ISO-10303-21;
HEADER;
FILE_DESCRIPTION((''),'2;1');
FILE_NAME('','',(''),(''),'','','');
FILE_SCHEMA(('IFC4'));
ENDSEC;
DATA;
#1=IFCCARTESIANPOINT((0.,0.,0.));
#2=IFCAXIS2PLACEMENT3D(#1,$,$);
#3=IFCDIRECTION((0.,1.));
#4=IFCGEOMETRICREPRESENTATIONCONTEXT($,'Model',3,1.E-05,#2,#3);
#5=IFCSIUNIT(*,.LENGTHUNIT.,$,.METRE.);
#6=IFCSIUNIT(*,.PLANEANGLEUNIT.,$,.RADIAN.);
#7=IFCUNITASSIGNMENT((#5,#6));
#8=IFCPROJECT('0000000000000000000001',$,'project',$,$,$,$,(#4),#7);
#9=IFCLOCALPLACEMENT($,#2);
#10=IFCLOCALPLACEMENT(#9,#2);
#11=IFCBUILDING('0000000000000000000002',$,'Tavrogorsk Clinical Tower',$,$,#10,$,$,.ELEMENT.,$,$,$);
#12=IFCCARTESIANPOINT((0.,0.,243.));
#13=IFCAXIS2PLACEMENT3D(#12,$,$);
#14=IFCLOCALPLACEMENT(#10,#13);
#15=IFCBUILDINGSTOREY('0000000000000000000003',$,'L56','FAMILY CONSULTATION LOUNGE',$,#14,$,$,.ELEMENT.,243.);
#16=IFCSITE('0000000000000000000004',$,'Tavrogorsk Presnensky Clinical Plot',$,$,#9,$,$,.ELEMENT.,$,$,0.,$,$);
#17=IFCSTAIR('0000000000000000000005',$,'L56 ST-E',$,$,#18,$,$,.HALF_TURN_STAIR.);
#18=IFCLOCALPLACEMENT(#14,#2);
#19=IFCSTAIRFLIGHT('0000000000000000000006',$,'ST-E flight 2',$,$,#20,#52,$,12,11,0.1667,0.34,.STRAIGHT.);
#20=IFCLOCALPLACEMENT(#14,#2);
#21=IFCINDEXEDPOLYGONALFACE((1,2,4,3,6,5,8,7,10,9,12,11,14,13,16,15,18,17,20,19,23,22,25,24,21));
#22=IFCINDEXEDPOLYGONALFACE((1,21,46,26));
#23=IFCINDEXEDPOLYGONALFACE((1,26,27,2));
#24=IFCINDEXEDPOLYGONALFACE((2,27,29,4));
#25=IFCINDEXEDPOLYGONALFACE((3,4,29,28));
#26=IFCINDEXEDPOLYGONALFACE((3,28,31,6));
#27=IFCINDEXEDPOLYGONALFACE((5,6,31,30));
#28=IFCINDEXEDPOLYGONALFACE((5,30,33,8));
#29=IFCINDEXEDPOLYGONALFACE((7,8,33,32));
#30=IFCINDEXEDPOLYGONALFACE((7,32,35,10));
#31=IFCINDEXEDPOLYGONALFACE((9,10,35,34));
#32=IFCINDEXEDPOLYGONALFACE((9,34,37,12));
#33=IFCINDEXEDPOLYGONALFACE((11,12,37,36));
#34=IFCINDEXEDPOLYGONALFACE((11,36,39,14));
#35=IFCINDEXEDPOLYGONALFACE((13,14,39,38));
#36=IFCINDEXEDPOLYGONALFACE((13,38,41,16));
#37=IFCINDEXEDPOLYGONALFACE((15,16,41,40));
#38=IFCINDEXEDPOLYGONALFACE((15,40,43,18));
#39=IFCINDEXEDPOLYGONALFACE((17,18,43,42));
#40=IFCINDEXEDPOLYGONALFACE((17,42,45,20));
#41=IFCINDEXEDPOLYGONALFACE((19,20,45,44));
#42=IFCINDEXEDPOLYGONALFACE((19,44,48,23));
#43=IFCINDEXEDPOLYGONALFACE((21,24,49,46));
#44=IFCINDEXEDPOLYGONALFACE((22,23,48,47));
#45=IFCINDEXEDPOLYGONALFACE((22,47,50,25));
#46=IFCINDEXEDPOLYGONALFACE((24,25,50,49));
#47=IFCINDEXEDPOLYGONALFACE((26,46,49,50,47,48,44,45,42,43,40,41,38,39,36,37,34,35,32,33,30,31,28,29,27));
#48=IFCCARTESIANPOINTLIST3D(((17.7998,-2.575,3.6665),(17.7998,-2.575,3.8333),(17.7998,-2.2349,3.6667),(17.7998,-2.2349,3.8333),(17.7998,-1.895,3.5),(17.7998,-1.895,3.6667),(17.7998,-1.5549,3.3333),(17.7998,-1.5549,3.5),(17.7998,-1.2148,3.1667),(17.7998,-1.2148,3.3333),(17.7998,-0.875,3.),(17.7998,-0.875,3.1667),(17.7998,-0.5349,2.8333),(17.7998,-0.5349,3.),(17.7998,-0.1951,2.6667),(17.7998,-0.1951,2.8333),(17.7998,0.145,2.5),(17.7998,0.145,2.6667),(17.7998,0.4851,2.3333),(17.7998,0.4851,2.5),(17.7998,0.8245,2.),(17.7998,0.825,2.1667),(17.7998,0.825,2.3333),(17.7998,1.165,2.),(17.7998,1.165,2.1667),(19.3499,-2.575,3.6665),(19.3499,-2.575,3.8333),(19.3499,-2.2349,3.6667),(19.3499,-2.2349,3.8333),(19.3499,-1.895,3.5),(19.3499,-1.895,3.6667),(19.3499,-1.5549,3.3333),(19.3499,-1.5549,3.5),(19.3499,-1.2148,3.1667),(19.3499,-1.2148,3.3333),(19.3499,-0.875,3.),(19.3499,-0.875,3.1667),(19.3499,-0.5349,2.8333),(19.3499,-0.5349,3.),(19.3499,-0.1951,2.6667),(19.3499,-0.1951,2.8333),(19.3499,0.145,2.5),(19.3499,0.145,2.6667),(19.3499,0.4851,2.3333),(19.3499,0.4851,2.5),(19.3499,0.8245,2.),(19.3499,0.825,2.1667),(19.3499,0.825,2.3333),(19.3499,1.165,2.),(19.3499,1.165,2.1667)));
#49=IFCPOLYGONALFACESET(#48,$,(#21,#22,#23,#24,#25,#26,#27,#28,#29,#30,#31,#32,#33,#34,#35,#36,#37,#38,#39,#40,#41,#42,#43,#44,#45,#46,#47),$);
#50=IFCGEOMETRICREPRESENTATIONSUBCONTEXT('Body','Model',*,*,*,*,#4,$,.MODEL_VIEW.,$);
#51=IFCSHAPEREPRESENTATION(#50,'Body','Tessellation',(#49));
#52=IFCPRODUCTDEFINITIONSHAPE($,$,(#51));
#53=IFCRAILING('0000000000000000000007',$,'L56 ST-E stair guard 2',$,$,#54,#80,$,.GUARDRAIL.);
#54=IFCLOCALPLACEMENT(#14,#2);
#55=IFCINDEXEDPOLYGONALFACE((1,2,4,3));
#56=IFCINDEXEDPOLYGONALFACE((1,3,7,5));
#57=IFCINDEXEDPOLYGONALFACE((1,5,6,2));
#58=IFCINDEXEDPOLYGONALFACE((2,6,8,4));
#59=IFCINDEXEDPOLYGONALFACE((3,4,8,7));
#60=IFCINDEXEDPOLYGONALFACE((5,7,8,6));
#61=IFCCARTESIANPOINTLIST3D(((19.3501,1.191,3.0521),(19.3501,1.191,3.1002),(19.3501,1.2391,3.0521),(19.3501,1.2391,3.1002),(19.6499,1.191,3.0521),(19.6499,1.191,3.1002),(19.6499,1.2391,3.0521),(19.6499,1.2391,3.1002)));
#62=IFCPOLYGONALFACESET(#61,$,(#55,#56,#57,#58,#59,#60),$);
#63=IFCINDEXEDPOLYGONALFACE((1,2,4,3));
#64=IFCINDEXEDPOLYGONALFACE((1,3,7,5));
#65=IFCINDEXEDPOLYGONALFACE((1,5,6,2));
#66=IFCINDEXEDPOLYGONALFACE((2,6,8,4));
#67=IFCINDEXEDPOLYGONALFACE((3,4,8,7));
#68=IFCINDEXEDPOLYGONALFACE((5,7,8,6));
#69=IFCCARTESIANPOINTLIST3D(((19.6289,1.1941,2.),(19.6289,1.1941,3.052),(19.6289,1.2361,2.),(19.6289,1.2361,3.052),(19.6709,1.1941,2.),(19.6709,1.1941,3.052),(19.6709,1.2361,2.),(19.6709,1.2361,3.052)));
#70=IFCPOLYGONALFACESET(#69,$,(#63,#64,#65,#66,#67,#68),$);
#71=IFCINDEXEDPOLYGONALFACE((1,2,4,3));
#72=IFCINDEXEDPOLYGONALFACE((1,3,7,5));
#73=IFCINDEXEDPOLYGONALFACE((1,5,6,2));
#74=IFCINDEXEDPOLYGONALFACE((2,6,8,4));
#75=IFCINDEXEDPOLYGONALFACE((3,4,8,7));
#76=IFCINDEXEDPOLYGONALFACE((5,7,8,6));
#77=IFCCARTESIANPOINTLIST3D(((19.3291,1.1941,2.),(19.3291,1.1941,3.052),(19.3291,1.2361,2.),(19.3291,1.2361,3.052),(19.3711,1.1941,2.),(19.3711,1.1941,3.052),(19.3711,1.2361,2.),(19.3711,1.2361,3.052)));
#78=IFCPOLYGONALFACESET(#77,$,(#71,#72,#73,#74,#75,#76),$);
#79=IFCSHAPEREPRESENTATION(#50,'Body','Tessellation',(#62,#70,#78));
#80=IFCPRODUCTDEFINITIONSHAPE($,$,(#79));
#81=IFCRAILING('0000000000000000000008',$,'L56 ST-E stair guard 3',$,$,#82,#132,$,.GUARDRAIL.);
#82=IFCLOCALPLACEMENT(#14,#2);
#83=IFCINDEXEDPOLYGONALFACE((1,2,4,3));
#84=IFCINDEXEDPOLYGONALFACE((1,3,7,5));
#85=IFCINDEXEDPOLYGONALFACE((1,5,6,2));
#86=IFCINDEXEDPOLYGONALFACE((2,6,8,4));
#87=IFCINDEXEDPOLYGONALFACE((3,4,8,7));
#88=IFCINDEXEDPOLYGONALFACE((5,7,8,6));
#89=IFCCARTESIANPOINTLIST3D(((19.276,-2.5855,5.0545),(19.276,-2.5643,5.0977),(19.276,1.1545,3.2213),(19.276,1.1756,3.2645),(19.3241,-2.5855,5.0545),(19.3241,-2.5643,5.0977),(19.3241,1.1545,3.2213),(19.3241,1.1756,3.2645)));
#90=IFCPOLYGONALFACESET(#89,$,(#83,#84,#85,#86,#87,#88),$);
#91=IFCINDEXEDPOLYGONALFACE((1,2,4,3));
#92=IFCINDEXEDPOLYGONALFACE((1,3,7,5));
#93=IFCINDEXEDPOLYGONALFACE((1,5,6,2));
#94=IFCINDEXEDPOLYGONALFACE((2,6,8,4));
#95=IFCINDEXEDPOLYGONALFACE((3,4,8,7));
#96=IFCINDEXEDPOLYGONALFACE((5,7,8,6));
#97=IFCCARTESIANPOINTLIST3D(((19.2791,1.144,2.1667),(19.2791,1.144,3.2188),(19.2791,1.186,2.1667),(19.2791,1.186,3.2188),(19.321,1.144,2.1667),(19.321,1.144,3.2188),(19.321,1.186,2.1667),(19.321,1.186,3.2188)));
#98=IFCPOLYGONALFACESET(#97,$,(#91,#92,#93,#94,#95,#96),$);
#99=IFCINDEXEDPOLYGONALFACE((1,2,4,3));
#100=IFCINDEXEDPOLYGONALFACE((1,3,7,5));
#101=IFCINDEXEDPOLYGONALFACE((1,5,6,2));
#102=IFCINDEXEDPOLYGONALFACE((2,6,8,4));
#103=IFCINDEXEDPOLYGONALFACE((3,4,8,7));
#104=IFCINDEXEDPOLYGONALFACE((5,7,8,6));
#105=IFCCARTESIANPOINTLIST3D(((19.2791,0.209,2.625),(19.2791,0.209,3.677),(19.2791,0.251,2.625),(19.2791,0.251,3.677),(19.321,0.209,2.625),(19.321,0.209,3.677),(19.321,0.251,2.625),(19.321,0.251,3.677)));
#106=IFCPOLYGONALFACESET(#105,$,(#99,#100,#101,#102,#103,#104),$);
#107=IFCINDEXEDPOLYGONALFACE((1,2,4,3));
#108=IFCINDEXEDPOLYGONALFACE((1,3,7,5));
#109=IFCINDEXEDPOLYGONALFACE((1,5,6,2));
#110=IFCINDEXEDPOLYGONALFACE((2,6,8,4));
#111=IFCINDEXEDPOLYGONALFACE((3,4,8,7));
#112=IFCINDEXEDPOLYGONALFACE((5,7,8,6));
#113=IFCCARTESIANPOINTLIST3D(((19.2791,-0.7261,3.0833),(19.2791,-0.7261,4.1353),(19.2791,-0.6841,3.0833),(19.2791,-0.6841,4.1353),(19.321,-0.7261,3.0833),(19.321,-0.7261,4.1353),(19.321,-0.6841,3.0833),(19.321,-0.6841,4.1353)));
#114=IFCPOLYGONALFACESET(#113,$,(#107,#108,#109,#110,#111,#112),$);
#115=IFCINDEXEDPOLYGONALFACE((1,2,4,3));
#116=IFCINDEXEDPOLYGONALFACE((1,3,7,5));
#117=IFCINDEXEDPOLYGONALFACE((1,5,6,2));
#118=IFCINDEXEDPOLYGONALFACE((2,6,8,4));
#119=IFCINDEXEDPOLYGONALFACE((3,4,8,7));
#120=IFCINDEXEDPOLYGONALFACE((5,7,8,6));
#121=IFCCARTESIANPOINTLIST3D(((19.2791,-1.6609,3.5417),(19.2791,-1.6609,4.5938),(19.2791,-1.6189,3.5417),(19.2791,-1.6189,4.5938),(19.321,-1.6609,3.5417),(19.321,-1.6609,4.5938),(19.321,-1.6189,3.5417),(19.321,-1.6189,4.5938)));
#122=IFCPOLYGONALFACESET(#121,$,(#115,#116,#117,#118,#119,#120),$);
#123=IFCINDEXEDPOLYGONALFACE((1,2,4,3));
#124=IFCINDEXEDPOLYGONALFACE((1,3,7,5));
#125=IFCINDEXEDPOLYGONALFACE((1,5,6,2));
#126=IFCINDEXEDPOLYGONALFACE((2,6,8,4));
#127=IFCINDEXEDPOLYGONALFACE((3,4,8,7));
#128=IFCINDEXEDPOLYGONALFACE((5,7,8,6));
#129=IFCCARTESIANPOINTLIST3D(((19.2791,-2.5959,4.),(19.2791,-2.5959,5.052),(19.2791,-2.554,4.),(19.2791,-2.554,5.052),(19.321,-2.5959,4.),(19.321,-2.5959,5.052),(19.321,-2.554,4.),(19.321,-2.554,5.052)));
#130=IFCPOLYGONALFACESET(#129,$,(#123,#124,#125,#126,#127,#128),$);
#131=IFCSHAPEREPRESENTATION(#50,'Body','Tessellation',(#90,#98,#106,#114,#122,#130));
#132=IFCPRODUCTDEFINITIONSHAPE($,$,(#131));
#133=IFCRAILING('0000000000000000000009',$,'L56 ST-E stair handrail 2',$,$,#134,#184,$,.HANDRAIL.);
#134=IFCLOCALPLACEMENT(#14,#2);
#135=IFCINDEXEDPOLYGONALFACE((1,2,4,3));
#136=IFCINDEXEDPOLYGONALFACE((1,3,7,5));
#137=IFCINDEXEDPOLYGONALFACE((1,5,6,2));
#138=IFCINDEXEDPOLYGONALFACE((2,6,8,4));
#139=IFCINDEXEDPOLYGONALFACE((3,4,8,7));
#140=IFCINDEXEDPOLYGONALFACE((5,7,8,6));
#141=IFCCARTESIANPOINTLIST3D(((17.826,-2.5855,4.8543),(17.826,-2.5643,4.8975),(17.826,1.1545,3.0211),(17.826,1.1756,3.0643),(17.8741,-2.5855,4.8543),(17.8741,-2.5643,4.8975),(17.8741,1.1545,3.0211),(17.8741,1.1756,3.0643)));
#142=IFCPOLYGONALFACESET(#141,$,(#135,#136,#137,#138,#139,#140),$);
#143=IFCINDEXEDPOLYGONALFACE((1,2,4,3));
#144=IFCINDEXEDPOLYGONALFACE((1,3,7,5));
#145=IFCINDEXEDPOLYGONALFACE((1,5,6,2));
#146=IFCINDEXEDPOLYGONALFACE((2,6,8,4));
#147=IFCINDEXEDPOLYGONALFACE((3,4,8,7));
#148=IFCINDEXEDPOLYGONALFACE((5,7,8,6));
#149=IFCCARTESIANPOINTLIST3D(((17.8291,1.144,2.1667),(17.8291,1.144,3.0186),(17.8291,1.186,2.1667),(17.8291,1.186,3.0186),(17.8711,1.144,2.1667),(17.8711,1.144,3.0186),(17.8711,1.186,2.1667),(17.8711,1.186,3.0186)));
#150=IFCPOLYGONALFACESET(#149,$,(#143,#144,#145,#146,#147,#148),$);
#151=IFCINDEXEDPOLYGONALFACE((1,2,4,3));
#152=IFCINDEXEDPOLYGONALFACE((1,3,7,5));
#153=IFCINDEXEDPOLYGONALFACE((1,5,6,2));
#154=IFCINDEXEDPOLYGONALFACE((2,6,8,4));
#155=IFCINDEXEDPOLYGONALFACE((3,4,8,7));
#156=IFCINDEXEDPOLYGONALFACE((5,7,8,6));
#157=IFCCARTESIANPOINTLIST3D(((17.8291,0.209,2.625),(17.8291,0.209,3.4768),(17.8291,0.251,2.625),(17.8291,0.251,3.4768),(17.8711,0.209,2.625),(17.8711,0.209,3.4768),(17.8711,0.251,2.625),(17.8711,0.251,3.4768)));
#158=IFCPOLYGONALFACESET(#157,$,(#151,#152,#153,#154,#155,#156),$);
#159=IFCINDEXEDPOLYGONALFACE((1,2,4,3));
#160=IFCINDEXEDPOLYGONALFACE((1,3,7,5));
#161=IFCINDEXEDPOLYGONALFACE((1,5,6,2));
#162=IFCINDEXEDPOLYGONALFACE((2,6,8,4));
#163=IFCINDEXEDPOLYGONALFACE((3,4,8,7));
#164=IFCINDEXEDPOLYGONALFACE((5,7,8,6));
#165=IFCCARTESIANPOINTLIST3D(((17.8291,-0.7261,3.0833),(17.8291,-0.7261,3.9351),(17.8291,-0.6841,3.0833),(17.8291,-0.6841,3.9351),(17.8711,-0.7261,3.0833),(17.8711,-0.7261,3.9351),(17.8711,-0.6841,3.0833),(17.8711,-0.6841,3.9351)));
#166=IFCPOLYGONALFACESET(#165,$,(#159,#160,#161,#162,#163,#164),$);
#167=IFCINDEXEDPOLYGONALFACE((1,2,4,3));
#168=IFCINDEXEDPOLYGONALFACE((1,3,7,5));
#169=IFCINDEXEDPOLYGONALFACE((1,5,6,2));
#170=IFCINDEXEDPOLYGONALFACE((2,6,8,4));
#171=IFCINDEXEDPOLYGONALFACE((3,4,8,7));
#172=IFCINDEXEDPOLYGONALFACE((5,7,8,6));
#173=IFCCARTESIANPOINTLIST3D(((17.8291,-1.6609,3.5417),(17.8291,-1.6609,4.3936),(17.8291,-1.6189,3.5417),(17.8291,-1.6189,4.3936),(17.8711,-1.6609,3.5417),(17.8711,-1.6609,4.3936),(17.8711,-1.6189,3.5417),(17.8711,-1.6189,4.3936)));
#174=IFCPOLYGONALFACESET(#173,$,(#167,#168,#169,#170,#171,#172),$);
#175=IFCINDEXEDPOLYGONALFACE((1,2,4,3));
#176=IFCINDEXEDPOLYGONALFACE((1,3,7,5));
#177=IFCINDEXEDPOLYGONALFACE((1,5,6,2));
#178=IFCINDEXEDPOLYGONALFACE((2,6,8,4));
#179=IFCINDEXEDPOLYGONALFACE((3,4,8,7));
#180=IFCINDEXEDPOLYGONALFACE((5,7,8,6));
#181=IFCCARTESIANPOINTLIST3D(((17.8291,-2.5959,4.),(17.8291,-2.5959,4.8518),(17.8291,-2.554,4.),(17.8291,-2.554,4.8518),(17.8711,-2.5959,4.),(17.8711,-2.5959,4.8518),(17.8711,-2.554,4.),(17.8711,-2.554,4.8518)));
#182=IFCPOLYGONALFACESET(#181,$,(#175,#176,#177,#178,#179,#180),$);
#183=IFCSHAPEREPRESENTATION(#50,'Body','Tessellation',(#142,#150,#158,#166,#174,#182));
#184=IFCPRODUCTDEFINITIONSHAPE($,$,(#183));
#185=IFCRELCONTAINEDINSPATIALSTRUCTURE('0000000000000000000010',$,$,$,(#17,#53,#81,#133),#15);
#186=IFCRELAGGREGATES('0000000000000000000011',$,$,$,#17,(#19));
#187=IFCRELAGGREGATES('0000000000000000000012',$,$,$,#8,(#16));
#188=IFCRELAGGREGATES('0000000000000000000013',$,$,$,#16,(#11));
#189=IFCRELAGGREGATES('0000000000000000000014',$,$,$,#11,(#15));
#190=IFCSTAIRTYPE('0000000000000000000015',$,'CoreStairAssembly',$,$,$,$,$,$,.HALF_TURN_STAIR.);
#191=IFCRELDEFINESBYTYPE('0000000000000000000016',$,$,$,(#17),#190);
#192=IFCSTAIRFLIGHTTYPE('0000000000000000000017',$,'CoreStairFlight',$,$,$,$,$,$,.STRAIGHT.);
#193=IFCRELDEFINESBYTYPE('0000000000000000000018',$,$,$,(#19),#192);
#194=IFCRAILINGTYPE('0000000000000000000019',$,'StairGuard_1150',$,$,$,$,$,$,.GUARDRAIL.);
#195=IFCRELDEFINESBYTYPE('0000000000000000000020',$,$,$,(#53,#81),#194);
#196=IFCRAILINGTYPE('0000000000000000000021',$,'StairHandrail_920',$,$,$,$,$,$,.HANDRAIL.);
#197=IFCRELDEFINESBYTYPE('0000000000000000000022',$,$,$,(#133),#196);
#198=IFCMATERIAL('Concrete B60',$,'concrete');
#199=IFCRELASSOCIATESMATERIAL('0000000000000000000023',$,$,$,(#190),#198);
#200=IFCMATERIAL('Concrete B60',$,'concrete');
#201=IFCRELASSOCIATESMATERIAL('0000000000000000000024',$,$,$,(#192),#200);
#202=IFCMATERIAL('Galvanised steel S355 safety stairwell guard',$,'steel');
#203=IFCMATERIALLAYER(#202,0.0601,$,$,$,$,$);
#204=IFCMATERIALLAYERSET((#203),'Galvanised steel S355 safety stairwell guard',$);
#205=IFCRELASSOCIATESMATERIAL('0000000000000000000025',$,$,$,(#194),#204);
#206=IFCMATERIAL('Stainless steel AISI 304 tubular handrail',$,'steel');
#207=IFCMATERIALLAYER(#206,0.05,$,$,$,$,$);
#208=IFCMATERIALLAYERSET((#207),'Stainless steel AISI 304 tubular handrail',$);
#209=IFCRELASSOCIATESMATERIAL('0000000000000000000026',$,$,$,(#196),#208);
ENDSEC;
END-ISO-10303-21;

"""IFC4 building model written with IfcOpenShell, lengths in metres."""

from ifc_helpers import new_model, si_unit, direction, frame, origin, origin_2d, place, context, subcontext, project, spatial, polyline, rectangle, outline, extrude, material, layer, layer_set, type_object, element, aggregate, save


model = new_model("IFC4")

# Units and contexts
model_context = context("Model", 3, precision=1e-05, world=origin(), true_north=direction((0.0, 1.0)))
body_context = subcontext(model_context, "Body", "Model", "MODEL_VIEW")
ifc_project = project(units=[si_unit("LENGTHUNIT", "METRE"), si_unit("PLANEANGLEUNIT", "RADIAN")], contexts=[model_context])

# Site, building, storey
site_placement = place(None, origin())
site = spatial("IfcSite", under=ifc_project, at=site_placement, Name="Tavrogorsk Presnensky Clinical Plot", CompositionType="ELEMENT", RefElevation=0.0)
building_placement = place(site_placement, origin())
building = spatial("IfcBuilding", under=site, at=building_placement, Name="Tavrogorsk Clinical Tower", CompositionType="ELEMENT")
storey_placement = place(building_placement, frame((0.0, 0.0, 243.0)))
storey = spatial("IfcBuildingStorey", under=building, at=storey_placement, Name="L56", Description="FAMILY CONSULTATION LOUNGE", CompositionType="ELEMENT", Elevation=243.0)

# Stair, stair flight
ifc_material_1 = material(Name="Concrete B60", Category="concrete")
stair_type = type_object("IfcStairType", Name="CoreStairAssembly", PredefinedType="HALF_TURN_STAIR", material=ifc_material_1)
stair_placement = place(storey_placement, origin())
stair = element("IfcStair", 1, at=stair_placement, inside=storey, type_object=stair_type, Name="L56 ST-E", PredefinedType="HALF_TURN_STAIR")
ifc_material_2 = material(Name="Concrete B60", Category="concrete")
stair_flight_type = type_object("IfcStairFlightType", Name="CoreStairFlight", PredefinedType="STRAIGHT", material=ifc_material_2)
stair_flight_placement = place(storey_placement, frame((18.575, 1.165, 2.0), z_axis=(0.0, 0.0, 1.0), x_axis=(0.0, -1.0, 0.0)))
stair_flight = element("IfcStairFlight", 2, at=stair_flight_placement, type_object=stair_flight_type, Name="ST-E flight 2", NumberOfRisers=12, NumberOfTreads=11, PredefinedType="STRAIGHT", RiserHeight=0.1667, TreadLength=0.34, context=body_context, shape_type="SweptSolid", body=[
    extrude(outline(polyline([(0.0, 0.0), (0.0, 0.1667), (0.3401, 0.1667), (0.3401, 0.3333), (0.6799, 0.3333), (0.6799, 0.5), (1.02, 0.5), (1.02, 0.6667), (1.3601, 0.6667), (1.3601, 0.8333), (1.7, 0.8333), (1.7, 1.0), (2.04, 1.0), (2.04, 1.1667), (2.3799, 1.1667), (2.3799, 1.3333), (2.72, 1.3333), (2.72, 1.5), (3.0601, 1.5), (3.0601, 1.6667), (3.3999, 1.6667), (3.3999, 1.8333), (3.74, 1.8333), (3.74, 2.0), (3.74, 1.6665), (0.3406, 0.0), (0.0, 0.0)])), frame((0.0, 0.7749, 0.0), z_axis=(0.0, -1.0, 0.0), x_axis=(1.0, 0.0, 0.0)), (0.0, 0.0, 1.0), 1.55),
])
aggregate(stair, [stair_flight])

# Railings
ifc_material_3 = material(Name="Galvanised steel S355 safety stairwell guard", Category="steel")
ifc_layer_1 = layer(ifc_material_3, 0.0601)
ifc_layer_set_1 = layer_set([ifc_layer_1], Name="Galvanised steel S355 safety stairwell guard")
railing_type_1 = type_object("IfcRailingType", Name="StairGuard_1150", PredefinedType="GUARDRAIL", material=ifc_layer_set_1)
railing_1_placement = place(storey_placement, frame((19.6499, 1.2151, 2.0)))
element("IfcRailing", 3, at=railing_1_placement, inside=storey, type_object=railing_type_1, Name="L56 ST-E stair guard 2", PredefinedType="GUARDRAIL", context=body_context, shape_type="SweptSolid", body=[
    extrude(rectangle(XDim=0.0481, YDim=0.0481, at=origin_2d()), frame((0.0, 0.0, 1.0762), z_axis=(-1.0, 0.0, 0.0), x_axis=(0.0, -1.0, 0.0)), (0.0, 0.0, 1.0), 0.2998),
    extrude(rectangle(XDim=0.042, YDim=0.042, at=origin_2d()), origin(), (0.0, 0.0, 1.0), 1.052),
    extrude(rectangle(XDim=0.042, YDim=0.042, at=origin_2d()), frame((-0.2998, 0.0, 0.0)), (0.0, 0.0, 1.0), 1.052),
])
railing_2_placement = place(storey_placement, frame((19.3, 1.165, 2.1667)))
element("IfcRailing", 4, at=railing_2_placement, inside=storey, type_object=railing_type_1, Name="L56 ST-E stair guard 3", PredefinedType="GUARDRAIL", context=body_context, shape_type="SweptSolid", body=[
    extrude(rectangle(XDim=0.0481, YDim=0.0481, at=origin_2d()), frame((0.0, 0.0, 1.0762), z_axis=(0.0, -0.897928, 0.440142), x_axis=(1.0, 0.0, 0.0)), (0.0, 0.0, 1.0), 4.165),
    extrude(rectangle(XDim=0.042, YDim=0.042, at=origin_2d()), origin(), (0.0, 0.0, 1.0), 1.052),
    extrude(rectangle(XDim=0.042, YDim=0.042, at=origin_2d()), frame((0.0, -0.9351, 0.4583)), (0.0, 0.0, 1.0), 1.052),
    extrude(rectangle(XDim=0.042, YDim=0.042, at=origin_2d()), frame((0.0, -1.8701, 0.9165)), (0.0, 0.0, 1.0), 1.052),
    extrude(rectangle(XDim=0.042, YDim=0.042, at=origin_2d()), frame((0.0, -2.8049, 1.375)), (0.0, 0.0, 1.0), 1.052),
    extrude(rectangle(XDim=0.042, YDim=0.042, at=origin_2d()), frame((0.0, -3.74, 1.8333)), (0.0, 0.0, 1.0), 1.052),
])
ifc_material_4 = material(Name="Stainless steel AISI 304 tubular handrail", Category="steel")
ifc_layer_2 = layer(ifc_material_4, 0.05)
ifc_layer_set_2 = layer_set([ifc_layer_2], Name="Stainless steel AISI 304 tubular handrail")
railing_type_2 = type_object("IfcRailingType", Name="StairHandrail_920", PredefinedType="HANDRAIL", material=ifc_layer_set_2)
railing_3_placement = place(storey_placement, frame((17.8501, 1.165, 2.1667)))
element("IfcRailing", 5, at=railing_3_placement, inside=storey, type_object=railing_type_2, Name="L56 ST-E stair handrail 2", PredefinedType="HANDRAIL", context=body_context, shape_type="SweptSolid", body=[
    extrude(rectangle(XDim=0.0481, YDim=0.0481, at=origin_2d()), frame((0.0, 0.0, 0.876), z_axis=(0.0, -0.897928, 0.440142), x_axis=(1.0, 0.0, 0.0)), (0.0, 0.0, 1.0), 4.165),
    extrude(rectangle(XDim=0.042, YDim=0.042, at=origin_2d()), origin(), (0.0, 0.0, 1.0), 0.8518),
    extrude(rectangle(XDim=0.042, YDim=0.042, at=origin_2d()), frame((0.0, -0.9351, 0.4583)), (0.0, 0.0, 1.0), 0.8518),
    extrude(rectangle(XDim=0.042, YDim=0.042, at=origin_2d()), frame((0.0, -1.8701, 0.9165)), (0.0, 0.0, 1.0), 0.8518),
    extrude(rectangle(XDim=0.042, YDim=0.042, at=origin_2d()), frame((0.0, -2.8049, 1.375)), (0.0, 0.0, 1.0), 0.8518),
    extrude(rectangle(XDim=0.042, YDim=0.042, at=origin_2d()), frame((0.0, -3.74, 1.8333)), (0.0, 0.0, 1.0), 0.8518),
])

save(model, "model.ifc")
